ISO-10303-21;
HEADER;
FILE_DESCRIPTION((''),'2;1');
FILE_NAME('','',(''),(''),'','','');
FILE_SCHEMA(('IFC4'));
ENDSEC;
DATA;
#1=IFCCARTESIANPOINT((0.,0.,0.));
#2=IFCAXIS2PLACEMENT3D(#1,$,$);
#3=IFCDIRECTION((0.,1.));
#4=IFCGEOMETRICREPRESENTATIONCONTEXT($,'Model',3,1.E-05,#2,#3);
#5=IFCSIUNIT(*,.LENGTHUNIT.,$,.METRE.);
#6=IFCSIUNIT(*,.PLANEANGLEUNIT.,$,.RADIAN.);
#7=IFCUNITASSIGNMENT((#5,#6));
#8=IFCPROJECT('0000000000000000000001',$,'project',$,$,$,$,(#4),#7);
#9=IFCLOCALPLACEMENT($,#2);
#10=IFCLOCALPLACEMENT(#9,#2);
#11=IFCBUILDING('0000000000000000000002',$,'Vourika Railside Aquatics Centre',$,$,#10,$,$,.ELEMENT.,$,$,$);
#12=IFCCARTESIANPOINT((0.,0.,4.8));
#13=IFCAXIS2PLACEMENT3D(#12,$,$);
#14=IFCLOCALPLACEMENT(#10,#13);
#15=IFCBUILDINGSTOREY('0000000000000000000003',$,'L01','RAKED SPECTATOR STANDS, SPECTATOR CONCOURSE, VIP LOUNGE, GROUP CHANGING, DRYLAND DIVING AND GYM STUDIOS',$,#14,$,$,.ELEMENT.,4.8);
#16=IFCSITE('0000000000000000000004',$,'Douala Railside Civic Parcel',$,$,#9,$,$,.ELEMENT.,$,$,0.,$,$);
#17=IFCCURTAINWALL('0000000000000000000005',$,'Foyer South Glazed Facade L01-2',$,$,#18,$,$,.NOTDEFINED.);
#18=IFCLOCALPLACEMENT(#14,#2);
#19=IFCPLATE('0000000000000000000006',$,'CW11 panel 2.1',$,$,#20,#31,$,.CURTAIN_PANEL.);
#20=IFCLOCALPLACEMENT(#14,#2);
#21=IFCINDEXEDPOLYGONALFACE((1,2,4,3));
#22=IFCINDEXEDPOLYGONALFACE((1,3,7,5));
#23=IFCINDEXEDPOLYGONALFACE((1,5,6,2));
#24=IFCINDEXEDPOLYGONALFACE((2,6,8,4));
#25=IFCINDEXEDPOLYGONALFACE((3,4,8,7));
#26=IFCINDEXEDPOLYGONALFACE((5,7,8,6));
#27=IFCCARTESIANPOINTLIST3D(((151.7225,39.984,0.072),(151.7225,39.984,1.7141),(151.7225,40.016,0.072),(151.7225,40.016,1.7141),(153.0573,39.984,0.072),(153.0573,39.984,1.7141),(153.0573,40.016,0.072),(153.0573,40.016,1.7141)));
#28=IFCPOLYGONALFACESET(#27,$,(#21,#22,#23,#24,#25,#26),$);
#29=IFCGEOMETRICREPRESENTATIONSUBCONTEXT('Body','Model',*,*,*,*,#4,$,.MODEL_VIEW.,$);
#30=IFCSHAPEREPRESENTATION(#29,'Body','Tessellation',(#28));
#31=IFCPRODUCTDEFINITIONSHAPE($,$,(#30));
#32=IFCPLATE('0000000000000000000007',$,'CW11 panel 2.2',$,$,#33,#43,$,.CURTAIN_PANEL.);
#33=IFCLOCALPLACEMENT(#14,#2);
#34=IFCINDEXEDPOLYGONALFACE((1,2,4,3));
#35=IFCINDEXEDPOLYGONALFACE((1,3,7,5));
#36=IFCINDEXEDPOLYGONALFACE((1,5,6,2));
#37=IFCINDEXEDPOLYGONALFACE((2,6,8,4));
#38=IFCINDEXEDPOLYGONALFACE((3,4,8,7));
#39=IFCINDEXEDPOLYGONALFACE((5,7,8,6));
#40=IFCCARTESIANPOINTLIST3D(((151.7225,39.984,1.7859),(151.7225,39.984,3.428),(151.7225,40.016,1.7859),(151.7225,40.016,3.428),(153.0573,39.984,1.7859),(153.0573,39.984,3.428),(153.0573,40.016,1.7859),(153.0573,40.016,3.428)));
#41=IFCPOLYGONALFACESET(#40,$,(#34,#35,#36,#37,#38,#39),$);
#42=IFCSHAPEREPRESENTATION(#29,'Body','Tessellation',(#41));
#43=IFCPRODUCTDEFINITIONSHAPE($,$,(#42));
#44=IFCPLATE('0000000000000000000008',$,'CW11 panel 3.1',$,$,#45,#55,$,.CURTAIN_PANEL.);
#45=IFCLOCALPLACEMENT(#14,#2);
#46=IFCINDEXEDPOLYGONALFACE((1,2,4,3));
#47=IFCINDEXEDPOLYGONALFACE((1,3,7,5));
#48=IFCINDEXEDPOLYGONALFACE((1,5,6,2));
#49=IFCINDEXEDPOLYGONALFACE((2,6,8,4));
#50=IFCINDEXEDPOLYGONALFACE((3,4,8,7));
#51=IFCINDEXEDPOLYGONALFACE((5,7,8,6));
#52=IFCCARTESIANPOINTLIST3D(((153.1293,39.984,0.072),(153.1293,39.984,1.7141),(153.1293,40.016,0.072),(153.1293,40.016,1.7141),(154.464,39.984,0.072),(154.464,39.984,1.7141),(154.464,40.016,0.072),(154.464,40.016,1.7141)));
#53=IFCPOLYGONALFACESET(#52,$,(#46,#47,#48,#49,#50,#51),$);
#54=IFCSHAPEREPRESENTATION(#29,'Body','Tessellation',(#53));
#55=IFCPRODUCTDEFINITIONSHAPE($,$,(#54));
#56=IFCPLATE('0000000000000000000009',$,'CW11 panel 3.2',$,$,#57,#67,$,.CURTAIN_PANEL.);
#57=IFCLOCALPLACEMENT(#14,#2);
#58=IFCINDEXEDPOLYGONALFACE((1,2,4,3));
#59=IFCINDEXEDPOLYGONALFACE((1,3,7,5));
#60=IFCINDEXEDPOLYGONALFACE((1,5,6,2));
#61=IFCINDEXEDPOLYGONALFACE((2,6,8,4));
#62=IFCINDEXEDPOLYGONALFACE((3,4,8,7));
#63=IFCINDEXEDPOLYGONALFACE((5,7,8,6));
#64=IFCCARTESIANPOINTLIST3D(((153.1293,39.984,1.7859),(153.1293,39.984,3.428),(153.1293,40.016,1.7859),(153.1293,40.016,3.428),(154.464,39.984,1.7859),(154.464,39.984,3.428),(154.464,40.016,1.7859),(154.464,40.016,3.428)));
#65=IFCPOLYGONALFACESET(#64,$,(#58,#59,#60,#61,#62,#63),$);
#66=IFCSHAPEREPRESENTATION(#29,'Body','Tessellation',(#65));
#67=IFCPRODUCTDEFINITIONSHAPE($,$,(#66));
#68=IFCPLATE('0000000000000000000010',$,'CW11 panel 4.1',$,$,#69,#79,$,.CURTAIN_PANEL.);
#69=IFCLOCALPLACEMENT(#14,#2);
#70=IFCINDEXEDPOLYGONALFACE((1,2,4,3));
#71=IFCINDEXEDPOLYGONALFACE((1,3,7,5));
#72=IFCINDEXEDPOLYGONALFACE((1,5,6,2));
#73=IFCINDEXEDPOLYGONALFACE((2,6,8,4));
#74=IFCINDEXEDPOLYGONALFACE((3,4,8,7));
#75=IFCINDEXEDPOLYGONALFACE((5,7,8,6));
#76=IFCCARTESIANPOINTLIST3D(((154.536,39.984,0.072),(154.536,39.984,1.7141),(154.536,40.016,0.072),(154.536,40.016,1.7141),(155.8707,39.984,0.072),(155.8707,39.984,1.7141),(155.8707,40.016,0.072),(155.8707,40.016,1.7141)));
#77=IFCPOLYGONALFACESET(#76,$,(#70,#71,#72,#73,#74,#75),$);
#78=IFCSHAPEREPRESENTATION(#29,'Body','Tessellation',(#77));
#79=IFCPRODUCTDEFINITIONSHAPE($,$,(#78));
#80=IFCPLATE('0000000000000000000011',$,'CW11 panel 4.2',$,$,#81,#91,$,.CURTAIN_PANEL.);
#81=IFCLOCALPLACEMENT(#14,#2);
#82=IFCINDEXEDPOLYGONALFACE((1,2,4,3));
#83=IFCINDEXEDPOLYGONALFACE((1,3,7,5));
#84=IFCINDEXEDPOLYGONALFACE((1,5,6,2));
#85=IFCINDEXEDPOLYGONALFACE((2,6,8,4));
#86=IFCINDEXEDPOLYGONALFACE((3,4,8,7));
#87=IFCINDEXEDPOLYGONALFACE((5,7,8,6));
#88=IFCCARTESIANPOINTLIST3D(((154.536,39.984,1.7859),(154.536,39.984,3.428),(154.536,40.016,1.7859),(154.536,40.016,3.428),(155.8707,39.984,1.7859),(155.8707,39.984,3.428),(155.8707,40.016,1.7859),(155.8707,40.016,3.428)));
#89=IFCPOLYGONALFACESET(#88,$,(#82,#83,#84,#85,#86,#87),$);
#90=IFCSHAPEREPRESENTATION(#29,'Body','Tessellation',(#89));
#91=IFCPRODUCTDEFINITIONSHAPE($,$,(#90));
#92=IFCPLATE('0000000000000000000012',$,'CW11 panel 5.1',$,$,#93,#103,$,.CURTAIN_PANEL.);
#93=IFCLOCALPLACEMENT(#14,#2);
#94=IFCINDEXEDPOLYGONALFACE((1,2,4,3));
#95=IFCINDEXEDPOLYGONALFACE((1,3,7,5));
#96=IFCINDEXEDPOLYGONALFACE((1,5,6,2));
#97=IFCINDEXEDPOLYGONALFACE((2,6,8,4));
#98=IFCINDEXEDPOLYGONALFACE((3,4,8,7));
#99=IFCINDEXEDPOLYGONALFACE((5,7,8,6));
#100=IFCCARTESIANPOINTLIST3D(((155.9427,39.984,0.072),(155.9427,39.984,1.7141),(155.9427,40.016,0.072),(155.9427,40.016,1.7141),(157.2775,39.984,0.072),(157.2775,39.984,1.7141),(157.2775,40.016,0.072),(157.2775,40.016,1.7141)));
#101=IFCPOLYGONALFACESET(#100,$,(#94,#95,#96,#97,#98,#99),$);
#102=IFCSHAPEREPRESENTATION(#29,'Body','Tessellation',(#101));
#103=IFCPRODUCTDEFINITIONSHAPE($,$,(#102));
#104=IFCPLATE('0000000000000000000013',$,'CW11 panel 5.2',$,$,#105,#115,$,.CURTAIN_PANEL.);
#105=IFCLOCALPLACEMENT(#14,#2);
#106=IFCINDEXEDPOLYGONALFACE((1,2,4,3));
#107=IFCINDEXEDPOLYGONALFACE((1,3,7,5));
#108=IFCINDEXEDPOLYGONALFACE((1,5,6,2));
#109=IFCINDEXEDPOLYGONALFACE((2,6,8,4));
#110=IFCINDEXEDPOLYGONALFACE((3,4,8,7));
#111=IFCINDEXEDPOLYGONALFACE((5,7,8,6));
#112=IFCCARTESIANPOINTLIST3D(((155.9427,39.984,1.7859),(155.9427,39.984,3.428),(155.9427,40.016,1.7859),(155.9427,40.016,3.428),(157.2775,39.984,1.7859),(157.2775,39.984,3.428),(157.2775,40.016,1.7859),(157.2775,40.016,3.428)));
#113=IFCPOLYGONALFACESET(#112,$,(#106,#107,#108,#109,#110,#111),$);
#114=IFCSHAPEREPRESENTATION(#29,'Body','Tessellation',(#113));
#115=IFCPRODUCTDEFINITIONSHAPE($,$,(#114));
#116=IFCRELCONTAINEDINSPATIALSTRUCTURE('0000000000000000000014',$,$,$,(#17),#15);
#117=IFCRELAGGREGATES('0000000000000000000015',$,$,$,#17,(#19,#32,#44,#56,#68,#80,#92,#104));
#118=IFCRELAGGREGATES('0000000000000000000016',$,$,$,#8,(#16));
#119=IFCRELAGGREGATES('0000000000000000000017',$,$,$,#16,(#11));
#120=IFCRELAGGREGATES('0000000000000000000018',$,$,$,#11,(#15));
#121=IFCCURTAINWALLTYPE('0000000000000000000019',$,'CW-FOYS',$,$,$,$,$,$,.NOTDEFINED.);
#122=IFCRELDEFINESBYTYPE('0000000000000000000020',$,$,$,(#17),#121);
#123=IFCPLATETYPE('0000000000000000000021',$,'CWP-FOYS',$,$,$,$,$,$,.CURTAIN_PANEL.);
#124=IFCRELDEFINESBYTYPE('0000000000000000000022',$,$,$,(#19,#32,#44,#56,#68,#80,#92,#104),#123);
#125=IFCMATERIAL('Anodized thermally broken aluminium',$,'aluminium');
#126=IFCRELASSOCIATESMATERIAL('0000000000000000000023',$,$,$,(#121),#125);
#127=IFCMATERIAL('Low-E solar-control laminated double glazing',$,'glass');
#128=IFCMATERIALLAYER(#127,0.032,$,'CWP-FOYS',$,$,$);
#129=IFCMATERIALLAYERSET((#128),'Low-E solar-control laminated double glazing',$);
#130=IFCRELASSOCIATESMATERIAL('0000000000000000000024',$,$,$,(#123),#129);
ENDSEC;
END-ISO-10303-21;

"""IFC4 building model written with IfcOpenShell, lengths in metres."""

from ifc_helpers import new_model, si_unit, direction, frame, origin, origin_2d, place, context, subcontext, project, spatial, rectangle, extrude, material, layer, layer_set, type_object, element, aggregate, save


model = new_model("IFC4")

# Units and contexts
model_context = context("Model", 3, precision=1e-05, world=origin(), true_north=direction((0.0, 1.0)))
body_context = subcontext(model_context, "Body", "Model", "MODEL_VIEW")
ifc_project = project(units=[si_unit("LENGTHUNIT", "METRE"), si_unit("PLANEANGLEUNIT", "RADIAN")], contexts=[model_context])

# Site, building, storey
site_placement = place(None, origin())
site = spatial("IfcSite", under=ifc_project, at=site_placement, Name="Douala Railside Civic Parcel", CompositionType="ELEMENT", RefElevation=0.0)
building_placement = place(site_placement, origin())
building = spatial("IfcBuilding", under=site, at=building_placement, Name="Vourika Railside Aquatics Centre", CompositionType="ELEMENT")
storey_placement = place(building_placement, frame((0.0, 0.0, 4.8)))
storey = spatial("IfcBuildingStorey", under=building, at=storey_placement, Name="L01", Description="RAKED SPECTATOR STANDS, SPECTATOR CONCOURSE, VIP LOUNGE, GROUP CHANGING, DRYLAND DIVING AND GYM STUDIOS", CompositionType="ELEMENT", Elevation=4.8)

# Curtain wall, plates
ifc_material_1 = material(Name="Anodized thermally broken aluminium", Category="aluminium")
curtain_wall_type = type_object("IfcCurtainWallType", Name="CW-FOYS", PredefinedType="NOTDEFINED", material=ifc_material_1)
curtain_wall_placement = place(storey_placement, origin())
curtain_wall = element("IfcCurtainWall", 1, at=curtain_wall_placement, inside=storey, type_object=curtain_wall_type, Name="Foyer South Glazed Facade L01-2", PredefinedType="NOTDEFINED")
ifc_material_2 = material(Name="Low-E solar-control laminated double glazing", Category="glass")
ifc_layer = layer(ifc_material_2, 0.032, Name="CWP-FOYS")
ifc_layer_set = layer_set([ifc_layer], Name="Low-E solar-control laminated double glazing")
plate_type = type_object("IfcPlateType", Name="CWP-FOYS", PredefinedType="CURTAIN_PANEL", material=ifc_layer_set)
plate_1_placement = place(storey_placement, frame((152.3899, 40.0, 0.072), z_axis=(0.0, 0.0, 1.0), x_axis=(1.0, 0.0, 0.0)))
plate_1 = element("IfcPlate", 2, at=plate_1_placement, type_object=plate_type, Name="CW11 panel 2.1", PredefinedType="CURTAIN_PANEL", context=body_context, shape_type="SweptSolid", body=[
    extrude(rectangle(XDim=1.3347, YDim=0.032, at=origin_2d()), origin(), (0.0, 0.0, 1.0), 1.6421),
])
plate_2_placement = place(storey_placement, frame((152.3899, 40.0, 1.7859), z_axis=(0.0, 0.0, 1.0), x_axis=(1.0, 0.0, 0.0)))
plate_2 = element("IfcPlate", 3, at=plate_2_placement, type_object=plate_type, Name="CW11 panel 2.2", PredefinedType="CURTAIN_PANEL", context=body_context, shape_type="SweptSolid", body=[
    extrude(rectangle(XDim=1.3347, YDim=0.032, at=origin_2d()), origin(), (0.0, 0.0, 1.0), 1.6421),
])
plate_3_placement = place(storey_placement, frame((153.7966, 40.0, 0.072), z_axis=(0.0, 0.0, 1.0), x_axis=(1.0, 0.0, 0.0)))
plate_3 = element("IfcPlate", 4, at=plate_3_placement, type_object=plate_type, Name="CW11 panel 3.1", PredefinedType="CURTAIN_PANEL", context=body_context, shape_type="SweptSolid", body=[
    extrude(rectangle(XDim=1.3347, YDim=0.032, at=origin_2d()), origin(), (0.0, 0.0, 1.0), 1.6421),
])
plate_4_placement = place(storey_placement, frame((153.7966, 40.0, 1.7859), z_axis=(0.0, 0.0, 1.0), x_axis=(1.0, 0.0, 0.0)))
plate_4 = element("IfcPlate", 5, at=plate_4_placement, type_object=plate_type, Name="CW11 panel 3.2", PredefinedType="CURTAIN_PANEL", context=body_context, shape_type="SweptSolid", body=[
    extrude(rectangle(XDim=1.3347, YDim=0.032, at=origin_2d()), origin(), (0.0, 0.0, 1.0), 1.6421),
])
plate_5_placement = place(storey_placement, frame((155.2034, 40.0, 0.072), z_axis=(0.0, 0.0, 1.0), x_axis=(1.0, 0.0, 0.0)))
plate_5 = element("IfcPlate", 6, at=plate_5_placement, type_object=plate_type, Name="CW11 panel 4.1", PredefinedType="CURTAIN_PANEL", context=body_context, shape_type="SweptSolid", body=[
    extrude(rectangle(XDim=1.3347, YDim=0.032, at=origin_2d()), origin(), (0.0, 0.0, 1.0), 1.6421),
])
plate_6_placement = place(storey_placement, frame((155.2034, 40.0, 1.7859), z_axis=(0.0, 0.0, 1.0), x_axis=(1.0, 0.0, 0.0)))
plate_6 = element("IfcPlate", 7, at=plate_6_placement, type_object=plate_type, Name="CW11 panel 4.2", PredefinedType="CURTAIN_PANEL", context=body_context, shape_type="SweptSolid", body=[
    extrude(rectangle(XDim=1.3347, YDim=0.032, at=origin_2d()), origin(), (0.0, 0.0, 1.0), 1.6421),
])
plate_7_placement = place(storey_placement, frame((156.6101, 40.0, 0.072), z_axis=(0.0, 0.0, 1.0), x_axis=(1.0, 0.0, 0.0)))
plate_7 = element("IfcPlate", 8, at=plate_7_placement, type_object=plate_type, Name="CW11 panel 5.1", PredefinedType="CURTAIN_PANEL", context=body_context, shape_type="SweptSolid", body=[
    extrude(rectangle(XDim=1.3347, YDim=0.032, at=origin_2d()), origin(), (0.0, 0.0, 1.0), 1.6421),
])
plate_8_placement = place(storey_placement, frame((156.6101, 40.0, 1.7859), z_axis=(0.0, 0.0, 1.0), x_axis=(1.0, 0.0, 0.0)))
plate_8 = element("IfcPlate", 9, at=plate_8_placement, type_object=plate_type, Name="CW11 panel 5.2", PredefinedType="CURTAIN_PANEL", context=body_context, shape_type="SweptSolid", body=[
    extrude(rectangle(XDim=1.3347, YDim=0.032, at=origin_2d()), origin(), (0.0, 0.0, 1.0), 1.6421),
])
aggregate(curtain_wall, [plate_1, plate_2, plate_3, plate_4, plate_5, plate_6, plate_7, plate_8])

save(model, "model.ifc")
